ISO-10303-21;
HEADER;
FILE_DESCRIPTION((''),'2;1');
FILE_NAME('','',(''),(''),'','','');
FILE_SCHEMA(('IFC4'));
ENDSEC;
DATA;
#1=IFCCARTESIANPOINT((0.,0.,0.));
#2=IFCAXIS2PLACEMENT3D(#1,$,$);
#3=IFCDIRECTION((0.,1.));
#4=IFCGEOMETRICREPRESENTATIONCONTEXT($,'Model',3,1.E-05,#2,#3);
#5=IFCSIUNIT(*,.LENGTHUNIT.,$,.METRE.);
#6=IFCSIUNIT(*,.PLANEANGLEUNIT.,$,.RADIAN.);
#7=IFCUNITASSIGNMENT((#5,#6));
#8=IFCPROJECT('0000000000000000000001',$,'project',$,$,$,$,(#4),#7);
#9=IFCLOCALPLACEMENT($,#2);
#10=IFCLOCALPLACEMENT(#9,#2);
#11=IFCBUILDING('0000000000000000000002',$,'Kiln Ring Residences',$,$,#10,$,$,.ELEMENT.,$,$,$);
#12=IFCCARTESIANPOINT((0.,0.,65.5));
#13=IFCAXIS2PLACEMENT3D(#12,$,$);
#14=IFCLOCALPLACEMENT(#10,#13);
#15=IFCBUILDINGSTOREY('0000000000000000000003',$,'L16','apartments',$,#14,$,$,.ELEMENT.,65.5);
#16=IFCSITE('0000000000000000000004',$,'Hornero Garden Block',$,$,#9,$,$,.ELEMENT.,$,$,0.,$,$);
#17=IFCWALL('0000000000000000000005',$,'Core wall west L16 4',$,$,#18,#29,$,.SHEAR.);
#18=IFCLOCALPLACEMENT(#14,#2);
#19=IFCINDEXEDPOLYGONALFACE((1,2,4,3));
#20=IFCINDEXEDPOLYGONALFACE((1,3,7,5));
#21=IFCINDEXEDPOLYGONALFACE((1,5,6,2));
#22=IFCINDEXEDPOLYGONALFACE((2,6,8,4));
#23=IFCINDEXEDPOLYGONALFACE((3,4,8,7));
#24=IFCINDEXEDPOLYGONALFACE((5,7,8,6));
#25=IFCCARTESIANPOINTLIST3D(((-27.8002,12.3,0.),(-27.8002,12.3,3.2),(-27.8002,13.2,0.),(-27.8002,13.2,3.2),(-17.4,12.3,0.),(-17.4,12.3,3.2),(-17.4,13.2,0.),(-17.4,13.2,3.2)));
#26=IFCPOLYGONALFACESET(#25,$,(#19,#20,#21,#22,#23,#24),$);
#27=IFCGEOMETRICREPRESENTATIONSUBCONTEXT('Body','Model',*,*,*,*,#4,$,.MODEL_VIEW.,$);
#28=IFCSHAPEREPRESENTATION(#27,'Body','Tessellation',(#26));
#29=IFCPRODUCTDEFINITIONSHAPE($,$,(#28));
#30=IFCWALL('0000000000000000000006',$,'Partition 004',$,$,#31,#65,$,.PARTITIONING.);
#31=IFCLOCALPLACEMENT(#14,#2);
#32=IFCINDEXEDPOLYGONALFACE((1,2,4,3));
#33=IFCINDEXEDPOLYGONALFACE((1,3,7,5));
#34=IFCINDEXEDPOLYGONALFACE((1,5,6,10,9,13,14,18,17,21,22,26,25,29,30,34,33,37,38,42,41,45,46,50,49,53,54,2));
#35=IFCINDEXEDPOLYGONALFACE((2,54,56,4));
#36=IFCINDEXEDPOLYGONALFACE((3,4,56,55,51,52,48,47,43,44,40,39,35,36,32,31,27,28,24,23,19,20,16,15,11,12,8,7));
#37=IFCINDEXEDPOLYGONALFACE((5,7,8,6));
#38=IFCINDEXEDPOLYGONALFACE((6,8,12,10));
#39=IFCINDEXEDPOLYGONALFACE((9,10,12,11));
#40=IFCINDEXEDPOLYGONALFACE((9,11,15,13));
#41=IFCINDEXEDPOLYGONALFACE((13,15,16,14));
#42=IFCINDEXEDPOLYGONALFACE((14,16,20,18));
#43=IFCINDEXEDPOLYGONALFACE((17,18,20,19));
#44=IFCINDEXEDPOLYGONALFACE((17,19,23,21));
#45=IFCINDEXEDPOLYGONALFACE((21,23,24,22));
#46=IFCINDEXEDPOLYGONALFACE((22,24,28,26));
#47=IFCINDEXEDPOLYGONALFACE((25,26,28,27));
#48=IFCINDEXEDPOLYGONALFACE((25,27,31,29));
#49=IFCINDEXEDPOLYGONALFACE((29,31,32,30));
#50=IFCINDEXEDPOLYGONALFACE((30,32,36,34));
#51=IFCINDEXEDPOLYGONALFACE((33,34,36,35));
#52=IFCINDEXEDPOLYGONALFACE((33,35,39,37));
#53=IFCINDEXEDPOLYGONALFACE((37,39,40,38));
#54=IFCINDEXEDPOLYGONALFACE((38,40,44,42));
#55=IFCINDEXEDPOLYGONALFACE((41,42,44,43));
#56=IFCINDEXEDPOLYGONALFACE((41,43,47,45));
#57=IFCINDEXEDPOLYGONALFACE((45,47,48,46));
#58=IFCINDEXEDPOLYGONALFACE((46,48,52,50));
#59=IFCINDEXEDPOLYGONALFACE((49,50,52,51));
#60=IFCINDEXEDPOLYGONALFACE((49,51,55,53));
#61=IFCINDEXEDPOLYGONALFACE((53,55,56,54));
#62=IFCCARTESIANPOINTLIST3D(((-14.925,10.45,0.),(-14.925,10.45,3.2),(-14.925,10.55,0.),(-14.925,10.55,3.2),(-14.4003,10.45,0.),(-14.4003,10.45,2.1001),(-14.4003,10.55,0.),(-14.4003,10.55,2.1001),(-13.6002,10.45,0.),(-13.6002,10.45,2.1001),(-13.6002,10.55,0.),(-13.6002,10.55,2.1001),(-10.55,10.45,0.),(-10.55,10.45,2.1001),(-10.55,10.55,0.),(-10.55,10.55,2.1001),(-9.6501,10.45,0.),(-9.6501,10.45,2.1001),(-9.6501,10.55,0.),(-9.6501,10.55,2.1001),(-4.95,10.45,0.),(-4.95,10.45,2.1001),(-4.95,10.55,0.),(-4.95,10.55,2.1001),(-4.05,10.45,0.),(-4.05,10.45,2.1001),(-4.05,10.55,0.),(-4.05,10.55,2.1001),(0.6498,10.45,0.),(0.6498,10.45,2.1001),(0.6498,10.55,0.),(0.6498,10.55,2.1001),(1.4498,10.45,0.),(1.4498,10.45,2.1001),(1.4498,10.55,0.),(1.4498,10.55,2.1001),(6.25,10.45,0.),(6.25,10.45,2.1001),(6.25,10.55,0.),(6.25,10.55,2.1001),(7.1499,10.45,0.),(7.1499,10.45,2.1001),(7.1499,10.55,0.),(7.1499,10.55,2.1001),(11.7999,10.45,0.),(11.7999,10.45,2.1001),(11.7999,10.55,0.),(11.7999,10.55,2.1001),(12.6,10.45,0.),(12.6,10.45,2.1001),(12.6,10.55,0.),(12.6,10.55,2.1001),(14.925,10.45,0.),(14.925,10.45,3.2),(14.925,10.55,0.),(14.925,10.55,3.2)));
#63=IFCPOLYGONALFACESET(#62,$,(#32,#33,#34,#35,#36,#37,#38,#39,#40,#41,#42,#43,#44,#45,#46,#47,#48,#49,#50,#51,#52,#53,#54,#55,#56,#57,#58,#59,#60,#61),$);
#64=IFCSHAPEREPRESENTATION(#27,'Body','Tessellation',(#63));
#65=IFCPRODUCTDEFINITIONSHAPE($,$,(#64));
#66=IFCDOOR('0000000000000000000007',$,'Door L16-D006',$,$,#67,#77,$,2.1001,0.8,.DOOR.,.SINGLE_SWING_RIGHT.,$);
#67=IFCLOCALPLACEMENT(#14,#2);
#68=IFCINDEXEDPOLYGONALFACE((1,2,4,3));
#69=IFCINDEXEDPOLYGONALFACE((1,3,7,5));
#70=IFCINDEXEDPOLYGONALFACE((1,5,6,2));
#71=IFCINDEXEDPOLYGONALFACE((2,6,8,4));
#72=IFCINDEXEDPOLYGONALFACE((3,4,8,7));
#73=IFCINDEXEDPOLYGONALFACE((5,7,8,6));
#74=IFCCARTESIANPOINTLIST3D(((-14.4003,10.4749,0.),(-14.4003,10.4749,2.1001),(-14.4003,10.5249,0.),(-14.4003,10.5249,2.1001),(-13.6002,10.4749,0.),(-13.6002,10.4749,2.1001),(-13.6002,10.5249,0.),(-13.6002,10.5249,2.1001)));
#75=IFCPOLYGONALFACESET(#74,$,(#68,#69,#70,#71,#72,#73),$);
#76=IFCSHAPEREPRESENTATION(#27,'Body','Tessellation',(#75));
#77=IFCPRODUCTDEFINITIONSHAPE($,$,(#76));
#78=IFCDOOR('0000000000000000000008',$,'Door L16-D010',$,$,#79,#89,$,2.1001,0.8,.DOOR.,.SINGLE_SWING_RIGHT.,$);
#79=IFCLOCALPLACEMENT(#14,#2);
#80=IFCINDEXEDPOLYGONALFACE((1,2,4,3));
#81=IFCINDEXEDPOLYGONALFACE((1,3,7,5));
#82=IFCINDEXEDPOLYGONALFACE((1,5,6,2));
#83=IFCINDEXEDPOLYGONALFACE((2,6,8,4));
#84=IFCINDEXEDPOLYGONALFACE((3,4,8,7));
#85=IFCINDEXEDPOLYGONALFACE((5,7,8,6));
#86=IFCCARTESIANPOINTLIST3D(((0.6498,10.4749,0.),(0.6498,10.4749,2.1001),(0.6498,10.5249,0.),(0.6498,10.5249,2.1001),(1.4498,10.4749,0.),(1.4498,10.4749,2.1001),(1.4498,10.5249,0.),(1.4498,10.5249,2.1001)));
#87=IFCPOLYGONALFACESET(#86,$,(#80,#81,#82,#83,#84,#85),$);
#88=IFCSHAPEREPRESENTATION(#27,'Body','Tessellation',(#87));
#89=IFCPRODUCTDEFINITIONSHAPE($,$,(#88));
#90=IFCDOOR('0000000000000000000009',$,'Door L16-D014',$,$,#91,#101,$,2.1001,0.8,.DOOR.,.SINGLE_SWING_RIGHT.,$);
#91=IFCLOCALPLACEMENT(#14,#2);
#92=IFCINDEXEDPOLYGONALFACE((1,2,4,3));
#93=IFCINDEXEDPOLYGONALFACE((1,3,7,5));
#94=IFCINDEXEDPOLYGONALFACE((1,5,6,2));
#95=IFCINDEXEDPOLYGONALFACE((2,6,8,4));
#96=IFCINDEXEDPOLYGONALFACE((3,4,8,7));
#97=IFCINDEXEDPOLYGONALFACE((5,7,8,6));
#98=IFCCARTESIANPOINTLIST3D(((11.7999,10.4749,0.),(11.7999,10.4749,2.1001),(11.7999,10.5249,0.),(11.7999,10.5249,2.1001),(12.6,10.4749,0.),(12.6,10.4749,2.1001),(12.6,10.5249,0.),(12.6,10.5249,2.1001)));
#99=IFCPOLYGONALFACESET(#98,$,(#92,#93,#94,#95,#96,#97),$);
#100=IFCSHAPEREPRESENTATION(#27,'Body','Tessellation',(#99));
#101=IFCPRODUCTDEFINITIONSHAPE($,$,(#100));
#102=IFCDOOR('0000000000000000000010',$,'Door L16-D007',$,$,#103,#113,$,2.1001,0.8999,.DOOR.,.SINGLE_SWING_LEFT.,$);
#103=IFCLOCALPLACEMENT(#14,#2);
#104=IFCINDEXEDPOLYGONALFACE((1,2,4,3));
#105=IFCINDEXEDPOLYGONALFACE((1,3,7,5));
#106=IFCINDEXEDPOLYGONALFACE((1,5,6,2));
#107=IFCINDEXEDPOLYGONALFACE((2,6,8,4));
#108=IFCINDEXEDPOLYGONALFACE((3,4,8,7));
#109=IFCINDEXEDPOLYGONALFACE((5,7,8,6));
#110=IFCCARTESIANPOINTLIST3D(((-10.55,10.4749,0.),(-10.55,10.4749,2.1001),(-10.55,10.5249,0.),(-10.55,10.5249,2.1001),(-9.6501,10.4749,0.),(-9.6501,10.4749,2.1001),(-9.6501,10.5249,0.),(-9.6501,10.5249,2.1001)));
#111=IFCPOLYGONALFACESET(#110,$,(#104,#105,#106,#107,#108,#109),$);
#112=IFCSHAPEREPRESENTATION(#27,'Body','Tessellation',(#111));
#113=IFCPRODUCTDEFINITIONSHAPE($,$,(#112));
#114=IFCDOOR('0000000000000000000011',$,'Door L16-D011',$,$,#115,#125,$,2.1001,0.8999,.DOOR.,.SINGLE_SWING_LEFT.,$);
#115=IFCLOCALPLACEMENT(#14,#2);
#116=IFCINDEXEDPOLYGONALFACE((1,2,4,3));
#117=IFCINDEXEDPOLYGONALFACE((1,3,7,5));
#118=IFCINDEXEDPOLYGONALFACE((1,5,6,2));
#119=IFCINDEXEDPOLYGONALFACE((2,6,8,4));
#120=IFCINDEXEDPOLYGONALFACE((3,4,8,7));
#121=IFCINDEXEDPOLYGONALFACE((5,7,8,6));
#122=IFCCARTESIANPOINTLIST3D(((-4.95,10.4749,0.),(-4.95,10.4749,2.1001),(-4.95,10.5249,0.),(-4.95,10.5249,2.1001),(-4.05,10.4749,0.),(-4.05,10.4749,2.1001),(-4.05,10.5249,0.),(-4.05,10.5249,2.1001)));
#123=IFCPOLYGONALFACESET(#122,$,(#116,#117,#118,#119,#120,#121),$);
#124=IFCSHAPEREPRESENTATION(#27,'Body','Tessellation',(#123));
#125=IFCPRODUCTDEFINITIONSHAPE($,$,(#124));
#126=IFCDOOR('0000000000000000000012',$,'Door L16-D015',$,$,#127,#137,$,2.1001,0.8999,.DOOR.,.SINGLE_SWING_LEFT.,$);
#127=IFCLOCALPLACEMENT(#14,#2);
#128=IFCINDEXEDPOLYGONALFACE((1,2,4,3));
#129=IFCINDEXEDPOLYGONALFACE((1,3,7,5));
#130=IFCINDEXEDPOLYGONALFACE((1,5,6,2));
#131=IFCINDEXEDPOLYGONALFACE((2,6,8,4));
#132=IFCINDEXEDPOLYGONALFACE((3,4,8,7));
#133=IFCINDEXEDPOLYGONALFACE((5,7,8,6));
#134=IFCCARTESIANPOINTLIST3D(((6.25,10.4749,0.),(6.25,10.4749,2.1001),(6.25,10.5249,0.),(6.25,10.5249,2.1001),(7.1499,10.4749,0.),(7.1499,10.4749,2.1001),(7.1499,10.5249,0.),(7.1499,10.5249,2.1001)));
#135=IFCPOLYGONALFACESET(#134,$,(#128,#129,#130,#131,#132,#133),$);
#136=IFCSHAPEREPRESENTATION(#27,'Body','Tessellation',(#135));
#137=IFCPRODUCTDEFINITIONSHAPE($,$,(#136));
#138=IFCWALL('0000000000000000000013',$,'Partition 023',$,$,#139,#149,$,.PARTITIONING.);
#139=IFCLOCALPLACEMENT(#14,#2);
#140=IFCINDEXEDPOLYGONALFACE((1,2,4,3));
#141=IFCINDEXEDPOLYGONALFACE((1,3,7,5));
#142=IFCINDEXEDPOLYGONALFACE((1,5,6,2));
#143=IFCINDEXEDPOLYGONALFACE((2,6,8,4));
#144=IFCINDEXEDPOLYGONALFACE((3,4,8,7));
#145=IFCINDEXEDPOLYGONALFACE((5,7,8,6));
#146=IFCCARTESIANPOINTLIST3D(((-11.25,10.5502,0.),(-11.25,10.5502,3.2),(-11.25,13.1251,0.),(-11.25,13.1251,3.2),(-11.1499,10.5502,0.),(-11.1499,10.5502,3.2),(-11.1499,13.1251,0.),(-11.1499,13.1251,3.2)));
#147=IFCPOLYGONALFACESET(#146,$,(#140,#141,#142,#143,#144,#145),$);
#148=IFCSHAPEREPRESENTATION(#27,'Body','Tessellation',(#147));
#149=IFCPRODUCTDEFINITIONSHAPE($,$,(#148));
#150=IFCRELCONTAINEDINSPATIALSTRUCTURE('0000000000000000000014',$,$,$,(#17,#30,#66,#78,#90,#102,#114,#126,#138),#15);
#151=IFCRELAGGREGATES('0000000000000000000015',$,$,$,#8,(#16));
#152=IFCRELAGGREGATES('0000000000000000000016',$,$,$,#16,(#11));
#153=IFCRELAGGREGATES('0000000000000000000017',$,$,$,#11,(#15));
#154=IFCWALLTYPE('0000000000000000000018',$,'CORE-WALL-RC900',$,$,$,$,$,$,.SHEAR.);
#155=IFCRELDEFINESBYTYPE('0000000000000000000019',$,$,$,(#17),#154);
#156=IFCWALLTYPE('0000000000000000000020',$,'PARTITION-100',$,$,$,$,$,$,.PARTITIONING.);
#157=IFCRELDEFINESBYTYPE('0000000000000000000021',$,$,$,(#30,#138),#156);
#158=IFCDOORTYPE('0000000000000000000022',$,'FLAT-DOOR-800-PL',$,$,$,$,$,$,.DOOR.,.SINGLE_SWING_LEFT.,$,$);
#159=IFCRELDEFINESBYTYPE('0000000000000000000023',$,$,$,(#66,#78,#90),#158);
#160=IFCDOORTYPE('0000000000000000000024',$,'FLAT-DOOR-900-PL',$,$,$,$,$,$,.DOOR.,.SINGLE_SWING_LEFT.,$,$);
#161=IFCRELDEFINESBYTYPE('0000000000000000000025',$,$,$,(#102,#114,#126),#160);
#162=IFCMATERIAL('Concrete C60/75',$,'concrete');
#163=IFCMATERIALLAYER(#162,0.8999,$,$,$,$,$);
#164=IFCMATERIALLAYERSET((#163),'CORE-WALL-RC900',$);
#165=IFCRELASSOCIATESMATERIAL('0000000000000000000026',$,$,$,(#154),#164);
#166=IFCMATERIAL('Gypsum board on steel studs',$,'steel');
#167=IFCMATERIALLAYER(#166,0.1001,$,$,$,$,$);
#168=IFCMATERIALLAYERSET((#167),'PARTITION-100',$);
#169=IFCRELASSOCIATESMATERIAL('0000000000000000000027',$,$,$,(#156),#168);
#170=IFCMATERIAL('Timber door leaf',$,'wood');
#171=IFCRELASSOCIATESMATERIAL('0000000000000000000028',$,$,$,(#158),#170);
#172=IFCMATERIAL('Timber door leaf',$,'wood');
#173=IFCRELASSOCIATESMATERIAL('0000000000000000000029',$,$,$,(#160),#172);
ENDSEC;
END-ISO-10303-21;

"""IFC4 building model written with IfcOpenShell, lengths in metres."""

from ifc_helpers import new_model, si_unit, direction, frame, frame_2d, origin, place, context, subcontext, project, spatial, rectangle, extrude, material, layer, layer_set, type_object, element, fill, save


model = new_model("IFC4")

# Units and contexts
model_context = context("Model", 3, precision=1e-05, world=origin(), true_north=direction((0.0, 1.0)))
body_context = subcontext(model_context, "Body", "Model", "MODEL_VIEW")
ifc_project = project(units=[si_unit("LENGTHUNIT", "METRE"), si_unit("PLANEANGLEUNIT", "RADIAN")], contexts=[model_context])

# Site, building, storey
site_placement = place(None, origin())
site = spatial("IfcSite", under=ifc_project, at=site_placement, Name="Hornero Garden Block", CompositionType="ELEMENT", RefElevation=0.0)
building_placement = place(site_placement, origin())
building = spatial("IfcBuilding", under=site, at=building_placement, Name="Kiln Ring Residences", CompositionType="ELEMENT")
storey_placement = place(building_placement, frame((0.0, 0.0, 65.5)))
storey = spatial("IfcBuildingStorey", under=building, at=storey_placement, Name="L16", Description="apartments", CompositionType="ELEMENT", Elevation=65.5)

# Wall
ifc_material_1 = material(Name="Concrete C60/75", Category="concrete")
ifc_layer_1 = layer(ifc_material_1, 0.8999)
ifc_layer_set_1 = layer_set([ifc_layer_1], Name="CORE-WALL-RC900")
wall_type_1 = type_object("IfcWallType", Name="CORE-WALL-RC900", PredefinedType="SHEAR", material=ifc_layer_set_1)
wall_1_placement = place(storey_placement, frame((-17.3999, 12.75, 0.0), z_axis=(0.0, 0.0, 1.0), x_axis=(-1.0, 0.0, 0.0)))
element("IfcWall", 1, at=wall_1_placement, inside=storey, type_object=wall_type_1, Name="Core wall west L16 4", PredefinedType="SHEAR", context=body_context, shape_type="SweptSolid", body=[
    extrude(rectangle(XDim=10.4001, YDim=0.8999, at=frame_2d((5.2002, 0.0))), origin(), (0.0, 0.0, 1.0), 3.2),
])

# Wall, openings, doors
ifc_material_2 = material(Name="Gypsum board on steel studs", Category="steel")
ifc_layer_2 = layer(ifc_material_2, 0.1001)
ifc_layer_set_2 = layer_set([ifc_layer_2], Name="PARTITION-100")
wall_type_2 = type_object("IfcWallType", Name="PARTITION-100", PredefinedType="PARTITIONING", material=ifc_layer_set_2)
wall_2_placement = place(storey_placement, frame((-14.925, 10.5, 0.0), z_axis=(0.0, 0.0, 1.0), x_axis=(1.0, 0.0, 0.0)))
wall_2 = element("IfcWall", 2, at=wall_2_placement, inside=storey, type_object=wall_type_2, Name="Partition 004", PredefinedType="PARTITIONING", context=body_context, shape_type="SweptSolid", body=[
    extrude(rectangle(XDim=29.8501, YDim=0.1001, at=frame_2d((14.925, 0.0))), origin(), (0.0, 0.0, 1.0), 3.2),
])
opening_1_placement = place(wall_2_placement, frame((0.5249, 0.0, 0.0)))
opening_1 = element("IfcOpeningElement", 3, at=opening_1_placement, cuts=wall_2, PredefinedType="OPENING", context=body_context, shape_type="SweptSolid", body=[
    extrude(rectangle(XDim=0.8, YDim=2.1001, at=frame_2d((0.3999, 1.05))), frame((0.0, 0.0601, 0.0), z_axis=(0.0, -1.0, 0.0), x_axis=(1.0, 0.0, 0.0)), (0.0, 0.0, 1.0), 0.1201),
])
opening_2_placement = place(wall_2_placement, frame((4.375, 0.0, 0.0)))
opening_2 = element("IfcOpeningElement", 4, at=opening_2_placement, cuts=wall_2, PredefinedType="OPENING", context=body_context, shape_type="SweptSolid", body=[
    extrude(rectangle(XDim=0.8999, YDim=2.1001, at=frame_2d((0.45, 1.05))), frame((0.0, 0.0601, 0.0), z_axis=(0.0, -1.0, 0.0), x_axis=(1.0, 0.0, 0.0)), (0.0, 0.0, 1.0), 0.1201),
])
opening_3_placement = place(wall_2_placement, frame((15.575, 0.0, 0.0)))
opening_3 = element("IfcOpeningElement", 5, at=opening_3_placement, cuts=wall_2, PredefinedType="OPENING", context=body_context, shape_type="SweptSolid", body=[
    extrude(rectangle(XDim=0.8, YDim=2.1001, at=frame_2d((0.3999, 1.05))), frame((0.0, 0.0601, 0.0), z_axis=(0.0, -1.0, 0.0), x_axis=(1.0, 0.0, 0.0)), (0.0, 0.0, 1.0), 0.1201),
])
opening_4_placement = place(wall_2_placement, frame((9.9751, 0.0, 0.0)))
opening_4 = element("IfcOpeningElement", 6, at=opening_4_placement, cuts=wall_2, PredefinedType="OPENING", context=body_context, shape_type="SweptSolid", body=[
    extrude(rectangle(XDim=0.8999, YDim=2.1001, at=frame_2d((0.45, 1.05))), frame((0.0, 0.0601, 0.0), z_axis=(0.0, -1.0, 0.0), x_axis=(1.0, 0.0, 0.0)), (0.0, 0.0, 1.0), 0.1201),
])
opening_5_placement = place(wall_2_placement, frame((26.7251, 0.0, 0.0)))
opening_5 = element("IfcOpeningElement", 7, at=opening_5_placement, cuts=wall_2, PredefinedType="OPENING", context=body_context, shape_type="SweptSolid", body=[
    extrude(rectangle(XDim=0.8, YDim=2.1001, at=frame_2d((0.3999, 1.05))), frame((0.0, 0.0601, 0.0), z_axis=(0.0, -1.0, 0.0), x_axis=(1.0, 0.0, 0.0)), (0.0, 0.0, 1.0), 0.1201),
])
opening_6_placement = place(wall_2_placement, frame((21.175, 0.0, 0.0)))
opening_6 = element("IfcOpeningElement", 8, at=opening_6_placement, cuts=wall_2, PredefinedType="OPENING", context=body_context, shape_type="SweptSolid", body=[
    extrude(rectangle(XDim=0.8999, YDim=2.1001, at=frame_2d((0.45, 1.05))), frame((0.0, 0.0601, 0.0), z_axis=(0.0, -1.0, 0.0), x_axis=(1.0, 0.0, 0.0)), (0.0, 0.0, 1.0), 0.1201),
])
ifc_material_3 = material(Name="Timber door leaf", Category="wood")
door_type_1 = type_object("IfcDoorType", Name="FLAT-DOOR-800-PL", OperationType="SINGLE_SWING_LEFT", PredefinedType="DOOR", material=ifc_material_3)
door_1_placement = place(opening_1_placement, origin())
door_1 = element("IfcDoor", 9, at=door_1_placement, inside=storey, type_object=door_type_1, Name="Door L16-D006", OperationType="SINGLE_SWING_RIGHT", OverallHeight=2.1001, OverallWidth=0.8, PredefinedType="DOOR", context=body_context, shape_type="SweptSolid", body=[
    extrude(rectangle(XDim=0.8, YDim=2.1001, at=frame_2d((0.3999, 1.05))), frame((0.0, 0.0249, 0.0), z_axis=(0.0, -1.0, 0.0), x_axis=(1.0, 0.0, 0.0)), (0.0, 0.0, 1.0), 0.05),
])
fill(opening_1, door_1)
door_2_placement = place(opening_3_placement, origin())
door_2 = element("IfcDoor", 10, at=door_2_placement, inside=storey, type_object=door_type_1, Name="Door L16-D010", OperationType="SINGLE_SWING_RIGHT", OverallHeight=2.1001, OverallWidth=0.8, PredefinedType="DOOR", context=body_context, shape_type="SweptSolid", body=[
    extrude(rectangle(XDim=0.8, YDim=2.1001, at=frame_2d((0.3999, 1.05))), frame((0.0, 0.0249, 0.0), z_axis=(0.0, -1.0, 0.0), x_axis=(1.0, 0.0, 0.0)), (0.0, 0.0, 1.0), 0.05),
])
fill(opening_3, door_2)
door_3_placement = place(opening_5_placement, origin())
door_3 = element("IfcDoor", 11, at=door_3_placement, inside=storey, type_object=door_type_1, Name="Door L16-D014", OperationType="SINGLE_SWING_RIGHT", OverallHeight=2.1001, OverallWidth=0.8, PredefinedType="DOOR", context=body_context, shape_type="SweptSolid", body=[
    extrude(rectangle(XDim=0.8, YDim=2.1001, at=frame_2d((0.3999, 1.05))), frame((0.0, 0.0249, 0.0), z_axis=(0.0, -1.0, 0.0), x_axis=(1.0, 0.0, 0.0)), (0.0, 0.0, 1.0), 0.05),
])
fill(opening_5, door_3)
ifc_material_4 = material(Name="Timber door leaf", Category="wood")
door_type_2 = type_object("IfcDoorType", Name="FLAT-DOOR-900-PL", OperationType="SINGLE_SWING_LEFT", PredefinedType="DOOR", material=ifc_material_4)
door_4_placement = place(opening_2_placement, origin())
door_4 = element("IfcDoor", 12, at=door_4_placement, inside=storey, type_object=door_type_2, Name="Door L16-D007", OperationType="SINGLE_SWING_LEFT", OverallHeight=2.1001, OverallWidth=0.8999, PredefinedType="DOOR", context=body_context, shape_type="SweptSolid", body=[
    extrude(rectangle(XDim=0.8999, YDim=2.1001, at=frame_2d((0.45, 1.05))), frame((0.0, 0.0249, 0.0), z_axis=(0.0, -1.0, 0.0), x_axis=(1.0, 0.0, 0.0)), (0.0, 0.0, 1.0), 0.05),
])
fill(opening_2, door_4)
door_5_placement = place(opening_4_placement, origin())
door_5 = element("IfcDoor", 13, at=door_5_placement, inside=storey, type_object=door_type_2, Name="Door L16-D011", OperationType="SINGLE_SWING_LEFT", OverallHeight=2.1001, OverallWidth=0.8999, PredefinedType="DOOR", context=body_context, shape_type="SweptSolid", body=[
    extrude(rectangle(XDim=0.8999, YDim=2.1001, at=frame_2d((0.45, 1.05))), frame((0.0, 0.0249, 0.0), z_axis=(0.0, -1.0, 0.0), x_axis=(1.0, 0.0, 0.0)), (0.0, 0.0, 1.0), 0.05),
])
fill(opening_4, door_5)
door_6_placement = place(opening_6_placement, origin())
door_6 = element("IfcDoor", 14, at=door_6_placement, inside=storey, type_object=door_type_2, Name="Door L16-D015", OperationType="SINGLE_SWING_LEFT", OverallHeight=2.1001, OverallWidth=0.8999, PredefinedType="DOOR", context=body_context, shape_type="SweptSolid", body=[
    extrude(rectangle(XDim=0.8999, YDim=2.1001, at=frame_2d((0.45, 1.05))), frame((0.0, 0.0249, 0.0), z_axis=(0.0, -1.0, 0.0), x_axis=(1.0, 0.0, 0.0)), (0.0, 0.0, 1.0), 0.05),
])
fill(opening_6, door_6)

# Wall
wall_3_placement = place(storey_placement, frame((-11.2, 10.55, 0.0), z_axis=(0.0, 0.0, 1.0), x_axis=(0.0, 1.0, 0.0)))
element("IfcWall", 15, at=wall_3_placement, inside=storey, type_object=wall_type_2, Name="Partition 023", PredefinedType="PARTITIONING", context=body_context, shape_type="SweptSolid", body=[
    extrude(rectangle(XDim=2.575, YDim=0.1001, at=frame_2d((1.2876, 0.0))), origin(), (0.0, 0.0, 1.0), 3.2),
])

save(model, "model.ifc")
